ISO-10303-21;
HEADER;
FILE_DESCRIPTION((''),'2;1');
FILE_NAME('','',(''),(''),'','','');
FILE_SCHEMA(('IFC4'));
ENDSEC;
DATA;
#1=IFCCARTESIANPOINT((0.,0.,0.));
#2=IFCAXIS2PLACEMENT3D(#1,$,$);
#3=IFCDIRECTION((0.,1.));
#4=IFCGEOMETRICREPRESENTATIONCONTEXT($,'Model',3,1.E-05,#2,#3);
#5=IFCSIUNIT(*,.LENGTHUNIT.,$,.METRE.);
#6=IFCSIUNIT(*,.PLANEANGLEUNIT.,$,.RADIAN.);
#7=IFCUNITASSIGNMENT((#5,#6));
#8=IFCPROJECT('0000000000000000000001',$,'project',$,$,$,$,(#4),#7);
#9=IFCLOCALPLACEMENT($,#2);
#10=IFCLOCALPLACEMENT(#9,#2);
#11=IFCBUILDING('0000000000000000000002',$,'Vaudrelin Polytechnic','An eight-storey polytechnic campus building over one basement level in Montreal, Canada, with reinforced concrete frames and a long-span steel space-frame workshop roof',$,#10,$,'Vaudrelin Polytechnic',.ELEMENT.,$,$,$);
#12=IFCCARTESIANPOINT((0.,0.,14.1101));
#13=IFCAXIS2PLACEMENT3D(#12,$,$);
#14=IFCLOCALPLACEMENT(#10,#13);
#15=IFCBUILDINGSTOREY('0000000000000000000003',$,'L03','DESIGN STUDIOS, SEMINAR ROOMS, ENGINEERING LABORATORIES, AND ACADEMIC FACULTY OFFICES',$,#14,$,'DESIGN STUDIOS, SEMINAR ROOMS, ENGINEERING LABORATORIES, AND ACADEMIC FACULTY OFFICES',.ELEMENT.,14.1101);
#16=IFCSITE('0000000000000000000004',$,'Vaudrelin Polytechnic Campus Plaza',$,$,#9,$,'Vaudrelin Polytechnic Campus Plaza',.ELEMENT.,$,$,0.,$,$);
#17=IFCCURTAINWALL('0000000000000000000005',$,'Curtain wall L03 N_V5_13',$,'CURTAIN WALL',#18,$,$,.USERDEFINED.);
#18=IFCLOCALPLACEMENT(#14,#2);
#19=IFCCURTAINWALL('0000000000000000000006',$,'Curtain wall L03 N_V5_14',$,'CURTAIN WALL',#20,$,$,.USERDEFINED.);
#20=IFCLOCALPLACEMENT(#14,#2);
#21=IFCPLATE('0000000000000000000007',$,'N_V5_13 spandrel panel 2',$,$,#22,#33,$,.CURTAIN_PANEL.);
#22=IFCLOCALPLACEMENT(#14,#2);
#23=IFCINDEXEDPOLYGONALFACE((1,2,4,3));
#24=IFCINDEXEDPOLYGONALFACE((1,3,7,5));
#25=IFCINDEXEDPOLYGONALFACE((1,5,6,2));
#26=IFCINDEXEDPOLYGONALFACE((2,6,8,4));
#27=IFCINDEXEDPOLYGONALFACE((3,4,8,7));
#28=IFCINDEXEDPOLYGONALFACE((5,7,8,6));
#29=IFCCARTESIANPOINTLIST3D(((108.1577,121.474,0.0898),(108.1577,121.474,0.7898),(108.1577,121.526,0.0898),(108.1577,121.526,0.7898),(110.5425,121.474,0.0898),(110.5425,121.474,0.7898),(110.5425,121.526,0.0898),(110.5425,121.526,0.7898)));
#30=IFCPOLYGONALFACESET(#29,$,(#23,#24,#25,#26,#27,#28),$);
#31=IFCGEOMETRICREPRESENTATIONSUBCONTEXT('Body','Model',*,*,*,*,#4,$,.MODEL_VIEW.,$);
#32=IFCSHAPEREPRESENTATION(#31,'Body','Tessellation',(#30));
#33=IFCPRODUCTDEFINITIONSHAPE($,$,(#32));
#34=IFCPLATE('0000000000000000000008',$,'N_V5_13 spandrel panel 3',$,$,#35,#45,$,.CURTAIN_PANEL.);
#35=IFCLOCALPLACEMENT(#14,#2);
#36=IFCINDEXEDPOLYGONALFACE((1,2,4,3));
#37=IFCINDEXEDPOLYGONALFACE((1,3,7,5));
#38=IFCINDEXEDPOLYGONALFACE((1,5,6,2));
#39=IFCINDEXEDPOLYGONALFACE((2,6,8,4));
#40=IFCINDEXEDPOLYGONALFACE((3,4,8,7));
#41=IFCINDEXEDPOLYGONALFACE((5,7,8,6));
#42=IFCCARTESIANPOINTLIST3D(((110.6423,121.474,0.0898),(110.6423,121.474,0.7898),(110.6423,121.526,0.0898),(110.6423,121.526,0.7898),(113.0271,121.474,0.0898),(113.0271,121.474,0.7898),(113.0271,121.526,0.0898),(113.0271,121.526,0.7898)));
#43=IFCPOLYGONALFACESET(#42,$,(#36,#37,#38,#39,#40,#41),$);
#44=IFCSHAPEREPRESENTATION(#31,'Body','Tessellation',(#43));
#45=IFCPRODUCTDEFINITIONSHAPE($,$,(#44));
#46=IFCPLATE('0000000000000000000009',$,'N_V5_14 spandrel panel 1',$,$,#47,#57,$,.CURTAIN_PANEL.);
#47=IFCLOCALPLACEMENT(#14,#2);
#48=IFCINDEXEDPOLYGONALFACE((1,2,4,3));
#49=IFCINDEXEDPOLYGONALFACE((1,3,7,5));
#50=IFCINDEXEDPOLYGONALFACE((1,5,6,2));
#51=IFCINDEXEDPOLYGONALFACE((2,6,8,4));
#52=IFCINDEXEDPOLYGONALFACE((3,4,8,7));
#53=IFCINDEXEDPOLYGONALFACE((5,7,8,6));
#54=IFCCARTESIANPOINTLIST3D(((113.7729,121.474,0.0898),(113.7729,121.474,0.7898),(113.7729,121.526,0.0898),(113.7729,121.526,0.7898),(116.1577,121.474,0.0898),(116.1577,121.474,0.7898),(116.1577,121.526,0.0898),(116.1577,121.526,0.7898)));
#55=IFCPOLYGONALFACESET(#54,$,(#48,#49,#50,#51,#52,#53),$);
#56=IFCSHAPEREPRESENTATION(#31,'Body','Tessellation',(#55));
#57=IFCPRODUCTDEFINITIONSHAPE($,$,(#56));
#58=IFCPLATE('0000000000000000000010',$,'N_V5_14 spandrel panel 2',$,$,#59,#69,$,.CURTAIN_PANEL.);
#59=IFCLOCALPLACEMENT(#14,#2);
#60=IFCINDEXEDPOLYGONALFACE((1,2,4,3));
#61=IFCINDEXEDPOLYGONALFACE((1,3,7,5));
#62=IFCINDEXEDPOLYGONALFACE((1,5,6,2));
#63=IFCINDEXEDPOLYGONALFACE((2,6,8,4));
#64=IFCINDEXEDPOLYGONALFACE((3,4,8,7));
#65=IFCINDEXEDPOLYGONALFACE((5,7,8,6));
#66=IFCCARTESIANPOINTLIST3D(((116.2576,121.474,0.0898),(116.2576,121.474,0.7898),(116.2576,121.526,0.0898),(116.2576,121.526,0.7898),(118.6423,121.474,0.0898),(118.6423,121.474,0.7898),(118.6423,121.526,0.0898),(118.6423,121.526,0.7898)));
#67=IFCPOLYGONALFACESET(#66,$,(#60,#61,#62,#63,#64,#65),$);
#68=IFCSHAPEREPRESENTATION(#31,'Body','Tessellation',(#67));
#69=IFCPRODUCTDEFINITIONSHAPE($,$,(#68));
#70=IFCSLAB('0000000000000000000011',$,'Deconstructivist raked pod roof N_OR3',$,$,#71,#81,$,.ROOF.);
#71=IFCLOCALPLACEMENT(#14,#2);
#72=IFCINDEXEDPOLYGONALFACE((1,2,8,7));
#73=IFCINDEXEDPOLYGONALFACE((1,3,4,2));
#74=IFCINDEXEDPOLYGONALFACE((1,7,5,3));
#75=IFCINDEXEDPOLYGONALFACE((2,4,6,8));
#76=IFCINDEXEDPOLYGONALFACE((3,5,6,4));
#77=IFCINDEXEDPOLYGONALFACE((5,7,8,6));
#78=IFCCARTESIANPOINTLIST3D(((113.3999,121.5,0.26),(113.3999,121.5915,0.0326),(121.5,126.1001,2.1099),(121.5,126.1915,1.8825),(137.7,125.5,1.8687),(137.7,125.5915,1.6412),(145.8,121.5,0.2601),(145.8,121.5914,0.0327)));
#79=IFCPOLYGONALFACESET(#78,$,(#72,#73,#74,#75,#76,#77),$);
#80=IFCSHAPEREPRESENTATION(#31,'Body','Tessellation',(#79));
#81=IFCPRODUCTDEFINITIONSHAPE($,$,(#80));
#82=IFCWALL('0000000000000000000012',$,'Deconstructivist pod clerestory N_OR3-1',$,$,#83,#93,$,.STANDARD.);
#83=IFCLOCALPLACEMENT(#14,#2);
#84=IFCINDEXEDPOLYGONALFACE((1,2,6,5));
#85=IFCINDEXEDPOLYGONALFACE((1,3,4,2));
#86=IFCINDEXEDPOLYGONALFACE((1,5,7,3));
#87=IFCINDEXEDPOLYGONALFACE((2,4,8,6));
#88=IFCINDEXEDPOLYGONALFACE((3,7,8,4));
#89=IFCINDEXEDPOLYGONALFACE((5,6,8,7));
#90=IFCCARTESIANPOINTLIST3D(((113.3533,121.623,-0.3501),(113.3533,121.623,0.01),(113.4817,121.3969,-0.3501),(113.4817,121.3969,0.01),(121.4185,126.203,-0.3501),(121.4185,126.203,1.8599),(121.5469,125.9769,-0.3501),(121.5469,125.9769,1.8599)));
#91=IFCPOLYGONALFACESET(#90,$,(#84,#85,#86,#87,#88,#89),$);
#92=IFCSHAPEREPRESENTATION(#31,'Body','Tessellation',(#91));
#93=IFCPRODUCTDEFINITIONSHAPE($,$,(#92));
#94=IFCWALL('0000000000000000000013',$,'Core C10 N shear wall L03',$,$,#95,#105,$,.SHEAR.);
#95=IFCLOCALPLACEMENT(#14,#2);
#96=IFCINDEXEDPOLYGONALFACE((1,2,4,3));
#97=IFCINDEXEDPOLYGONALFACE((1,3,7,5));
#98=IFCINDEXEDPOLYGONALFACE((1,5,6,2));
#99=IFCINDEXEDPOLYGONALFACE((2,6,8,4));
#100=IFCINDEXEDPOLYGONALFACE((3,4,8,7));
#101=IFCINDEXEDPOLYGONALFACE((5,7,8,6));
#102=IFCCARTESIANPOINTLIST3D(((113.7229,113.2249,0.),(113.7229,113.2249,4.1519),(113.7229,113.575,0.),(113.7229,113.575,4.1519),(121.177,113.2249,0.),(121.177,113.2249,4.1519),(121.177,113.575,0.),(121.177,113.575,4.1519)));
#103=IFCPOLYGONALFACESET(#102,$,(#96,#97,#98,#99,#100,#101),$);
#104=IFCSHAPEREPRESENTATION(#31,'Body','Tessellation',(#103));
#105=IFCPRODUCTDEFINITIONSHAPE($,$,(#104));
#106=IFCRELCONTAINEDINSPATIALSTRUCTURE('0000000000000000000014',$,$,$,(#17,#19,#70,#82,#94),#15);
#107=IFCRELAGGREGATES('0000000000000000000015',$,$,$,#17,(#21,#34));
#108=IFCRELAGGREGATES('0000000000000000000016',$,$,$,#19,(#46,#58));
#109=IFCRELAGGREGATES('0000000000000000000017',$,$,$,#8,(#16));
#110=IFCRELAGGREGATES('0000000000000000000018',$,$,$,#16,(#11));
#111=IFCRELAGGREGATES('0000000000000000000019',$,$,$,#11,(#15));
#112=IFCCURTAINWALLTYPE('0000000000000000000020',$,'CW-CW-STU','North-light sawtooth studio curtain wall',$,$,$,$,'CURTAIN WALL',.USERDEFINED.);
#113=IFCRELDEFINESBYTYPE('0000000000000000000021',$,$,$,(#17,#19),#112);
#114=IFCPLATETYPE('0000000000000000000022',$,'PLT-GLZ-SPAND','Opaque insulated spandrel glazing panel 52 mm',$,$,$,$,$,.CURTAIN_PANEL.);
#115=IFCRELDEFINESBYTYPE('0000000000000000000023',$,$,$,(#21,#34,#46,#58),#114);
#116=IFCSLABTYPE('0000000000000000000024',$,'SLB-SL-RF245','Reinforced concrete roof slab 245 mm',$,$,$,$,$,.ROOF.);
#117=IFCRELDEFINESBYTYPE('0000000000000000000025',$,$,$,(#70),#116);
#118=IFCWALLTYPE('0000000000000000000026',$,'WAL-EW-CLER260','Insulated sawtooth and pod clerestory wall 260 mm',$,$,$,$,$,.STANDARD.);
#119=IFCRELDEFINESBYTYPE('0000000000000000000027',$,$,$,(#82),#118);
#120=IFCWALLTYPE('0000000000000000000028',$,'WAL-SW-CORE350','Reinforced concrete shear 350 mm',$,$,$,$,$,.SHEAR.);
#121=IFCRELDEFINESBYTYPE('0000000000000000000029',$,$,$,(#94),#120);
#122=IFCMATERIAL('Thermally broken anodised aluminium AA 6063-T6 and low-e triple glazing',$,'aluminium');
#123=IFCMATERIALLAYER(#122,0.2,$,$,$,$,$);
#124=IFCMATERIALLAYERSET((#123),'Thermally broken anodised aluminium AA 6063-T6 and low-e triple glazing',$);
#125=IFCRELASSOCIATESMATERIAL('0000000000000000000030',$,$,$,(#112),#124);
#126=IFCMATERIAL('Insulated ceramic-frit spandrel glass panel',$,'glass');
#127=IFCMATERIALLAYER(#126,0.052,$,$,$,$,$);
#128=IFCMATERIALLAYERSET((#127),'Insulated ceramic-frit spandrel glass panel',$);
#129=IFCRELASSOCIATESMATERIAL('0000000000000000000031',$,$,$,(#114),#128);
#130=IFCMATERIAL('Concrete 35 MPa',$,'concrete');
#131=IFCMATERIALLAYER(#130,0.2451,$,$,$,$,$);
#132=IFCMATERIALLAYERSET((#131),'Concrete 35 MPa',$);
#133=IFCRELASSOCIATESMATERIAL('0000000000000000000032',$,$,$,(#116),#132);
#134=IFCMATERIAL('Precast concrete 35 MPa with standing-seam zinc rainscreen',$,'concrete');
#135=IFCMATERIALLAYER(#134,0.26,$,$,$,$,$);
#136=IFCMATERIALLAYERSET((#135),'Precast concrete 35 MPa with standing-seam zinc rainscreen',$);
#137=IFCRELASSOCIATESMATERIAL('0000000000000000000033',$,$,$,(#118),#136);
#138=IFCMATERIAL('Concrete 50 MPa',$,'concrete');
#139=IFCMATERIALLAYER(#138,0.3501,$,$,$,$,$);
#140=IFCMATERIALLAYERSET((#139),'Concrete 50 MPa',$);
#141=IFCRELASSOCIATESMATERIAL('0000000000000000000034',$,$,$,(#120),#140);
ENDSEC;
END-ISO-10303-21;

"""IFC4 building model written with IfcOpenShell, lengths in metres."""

from ifc_helpers import new_model, si_unit, direction, frame, frame_2d, origin, origin_2d, place, context, subcontext, project, spatial, polyline, rectangle, outline, extrude, material, layer, layer_set, type_object, element, aggregate, save


model = new_model("IFC4")

# Units and contexts
model_context = context("Model", 3, precision=1e-05, world=origin(), true_north=direction((0.0, 1.0)))
body_context = subcontext(model_context, "Body", "Model", "MODEL_VIEW")
ifc_project = project(units=[si_unit("LENGTHUNIT", "METRE"), si_unit("PLANEANGLEUNIT", "RADIAN")], contexts=[model_context])

# Site, building, storey
site_placement = place(None, origin())
site = spatial("IfcSite", under=ifc_project, at=site_placement, Name="Vaudrelin Polytechnic Campus Plaza", LongName="Vaudrelin Polytechnic Campus Plaza", CompositionType="ELEMENT", RefElevation=0.0)
building_placement = place(site_placement, origin())
building = spatial("IfcBuilding", under=site, at=building_placement, Name="Vaudrelin Polytechnic", Description="An eight-storey polytechnic campus building over one basement level in Montreal, Canada, with reinforced concrete frames and a long-span steel space-frame workshop roof", LongName="Vaudrelin Polytechnic", CompositionType="ELEMENT")
storey_placement = place(building_placement, frame((0.0, 0.0, 14.1101)))
storey = spatial("IfcBuildingStorey", under=building, at=storey_placement, Name="L03", Description="DESIGN STUDIOS, SEMINAR ROOMS, ENGINEERING LABORATORIES, AND ACADEMIC FACULTY OFFICES", LongName="DESIGN STUDIOS, SEMINAR ROOMS, ENGINEERING LABORATORIES, AND ACADEMIC FACULTY OFFICES", CompositionType="ELEMENT", Elevation=14.1101)

# Curtain walls
ifc_material_1 = material(Name="Thermally broken anodised aluminium AA 6063-T6 and low-e triple glazing", Category="aluminium")
ifc_layer_1 = layer(ifc_material_1, 0.2)
ifc_layer_set_1 = layer_set([ifc_layer_1], Name="Thermally broken anodised aluminium AA 6063-T6 and low-e triple glazing")
curtain_wall_type = type_object("IfcCurtainWallType", Name="CW-CW-STU", Description="North-light sawtooth studio curtain wall", ElementType="CURTAIN WALL", PredefinedType="USERDEFINED", material=ifc_layer_set_1)
curtain_wall_1_placement = place(storey_placement, origin())
curtain_wall_1 = element("IfcCurtainWall", 1, at=curtain_wall_1_placement, inside=storey, type_object=curtain_wall_type, Name="Curtain wall L03 N_V5_13", ObjectType="CURTAIN WALL", PredefinedType="USERDEFINED")
curtain_wall_2_placement = place(storey_placement, origin())
curtain_wall_2 = element("IfcCurtainWall", 2, at=curtain_wall_2_placement, inside=storey, type_object=curtain_wall_type, Name="Curtain wall L03 N_V5_14", ObjectType="CURTAIN WALL", PredefinedType="USERDEFINED")

# Plates
ifc_material_2 = material(Name="Insulated ceramic-frit spandrel glass panel", Category="glass")
ifc_layer_2 = layer(ifc_material_2, 0.052)
ifc_layer_set_2 = layer_set([ifc_layer_2], Name="Insulated ceramic-frit spandrel glass panel")
plate_type_1 = type_object("IfcPlateType", Name="PLT-GLZ-SPAND", Description="Opaque insulated spandrel glazing panel 52 mm", PredefinedType="CURTAIN_PANEL", material=ifc_layer_set_2)
plate_1_placement = place(storey_placement, frame((109.3501, 121.5, 0.0898), z_axis=(0.0, 0.0, 1.0), x_axis=(1.0, 0.0, 0.0)))
plate_1 = element("IfcPlate", 3, at=plate_1_placement, type_object=plate_type_1, Name="N_V5_13 spandrel panel 2", PredefinedType="CURTAIN_PANEL", context=body_context, shape_type="SweptSolid", body=[
    extrude(rectangle(XDim=2.3848, YDim=0.052, at=origin_2d()), origin(), (0.0, 0.0, 1.0), 0.7),
])
plate_2_placement = place(storey_placement, frame((111.8347, 121.5, 0.0898), z_axis=(0.0, 0.0, 1.0), x_axis=(1.0, 0.0, 0.0)))
plate_2 = element("IfcPlate", 4, at=plate_2_placement, type_object=plate_type_1, Name="N_V5_13 spandrel panel 3", PredefinedType="CURTAIN_PANEL", context=body_context, shape_type="SweptSolid", body=[
    extrude(rectangle(XDim=2.3848, YDim=0.052, at=origin_2d()), origin(), (0.0, 0.0, 1.0), 0.7),
])
aggregate(curtain_wall_1, [plate_1, plate_2])
plate_3_placement = place(storey_placement, frame((114.9653, 121.5, 0.0898), z_axis=(0.0, 0.0, 1.0), x_axis=(1.0, 0.0, 0.0)))
plate_3 = element("IfcPlate", 5, at=plate_3_placement, type_object=plate_type_1, Name="N_V5_14 spandrel panel 1", PredefinedType="CURTAIN_PANEL", context=body_context, shape_type="SweptSolid", body=[
    extrude(rectangle(XDim=2.3848, YDim=0.052, at=origin_2d()), origin(), (0.0, 0.0, 1.0), 0.7),
])
plate_4_placement = place(storey_placement, frame((117.45, 121.5, 0.0898), z_axis=(0.0, 0.0, 1.0), x_axis=(1.0, 0.0, 0.0)))
plate_4 = element("IfcPlate", 6, at=plate_4_placement, type_object=plate_type_1, Name="N_V5_14 spandrel panel 2", PredefinedType="CURTAIN_PANEL", context=body_context, shape_type="SweptSolid", body=[
    extrude(rectangle(XDim=2.3848, YDim=0.052, at=origin_2d()), origin(), (0.0, 0.0, 1.0), 0.7),
])
aggregate(curtain_wall_2, [plate_3, plate_4])

# Slab
ifc_material_3 = material(Name="Concrete 35 MPa", Category="concrete")
ifc_layer_3 = layer(ifc_material_3, 0.2451)
ifc_layer_set_3 = layer_set([ifc_layer_3], Name="Concrete 35 MPa")
slab_type = type_object("IfcSlabType", Name="SLB-SL-RF245", Description="Reinforced concrete roof slab 245 mm", PredefinedType="ROOF", material=ifc_layer_set_3)
slab_placement = place(storey_placement, frame((113.3999, 121.5, 0.26), z_axis=(-0.000002, -0.373107, 0.927788), x_axis=(0.852904, 0.484367, 0.194788)))
element("IfcSlab", 7, at=slab_placement, inside=storey, type_object=slab_type, Name="Deconstructivist raked pod roof N_OR3", PredefinedType="ROOF", context=body_context, shape_type="SweptSolid", body=[
    extrude(outline(polyline([(0.0, 0.0), (9.4971, 0.0), (22.9764, -9.0091), (27.6342, -16.915), (0.0, 0.0)])), origin(), (0.0, 0.0, -1.0), 0.2451),
])

# Walls
ifc_material_4 = material(Name="Precast concrete 35 MPa with standing-seam zinc rainscreen", Category="concrete")
ifc_layer_4 = layer(ifc_material_4, 0.26)
ifc_layer_set_4 = layer_set([ifc_layer_4], Name="Precast concrete 35 MPa with standing-seam zinc rainscreen")
wall_type_1 = type_object("IfcWallType", Name="WAL-EW-CLER260", Description="Insulated sawtooth and pod clerestory wall 260 mm", PredefinedType="STANDARD", material=ifc_layer_set_4)
wall_1_placement = place(storey_placement, frame((113.4175, 121.51, -0.3501), z_axis=(0.0, 0.0, 1.0), x_axis=(0.869568, 0.493813, 0.0)))
element("IfcWall", 8, at=wall_1_placement, inside=storey, type_object=wall_type_1, Name="Deconstructivist pod clerestory N_OR3-1", PredefinedType="STANDARD", context=body_context, shape_type="SweptSolid", body=[
    extrude(outline(polyline([(0.0, 0.0), (9.2749, 0.0), (9.2749, 2.21), (0.0, 0.3601), (0.0, 0.0)])), frame((0.0, 0.1299, 0.0), z_axis=(0.0, -1.0, 0.0), x_axis=(1.0, 0.0, 0.0)), (0.0, 0.0, 1.0), 0.26),
])
ifc_material_5 = material(Name="Concrete 50 MPa", Category="concrete")
ifc_layer_5 = layer(ifc_material_5, 0.3501)
ifc_layer_set_5 = layer_set([ifc_layer_5], Name="Concrete 50 MPa")
wall_type_2 = type_object("IfcWallType", Name="WAL-SW-CORE350", Description="Reinforced concrete shear 350 mm", PredefinedType="SHEAR", material=ifc_layer_set_5)
wall_2_placement = place(storey_placement, frame((113.7229, 113.3999, 0.0), z_axis=(0.0, 0.0, 1.0), x_axis=(1.0, 0.0, 0.0)))
element("IfcWall", 9, at=wall_2_placement, inside=storey, type_object=wall_type_2, Name="Core C10 N shear wall L03", PredefinedType="SHEAR", context=body_context, shape_type="SweptSolid", body=[
    extrude(rectangle(XDim=7.4541, YDim=0.3501, at=frame_2d((3.7271, 0.0))), origin(), (0.0, 0.0, 1.0), 4.1519),
])

save(model, "model.ifc")
